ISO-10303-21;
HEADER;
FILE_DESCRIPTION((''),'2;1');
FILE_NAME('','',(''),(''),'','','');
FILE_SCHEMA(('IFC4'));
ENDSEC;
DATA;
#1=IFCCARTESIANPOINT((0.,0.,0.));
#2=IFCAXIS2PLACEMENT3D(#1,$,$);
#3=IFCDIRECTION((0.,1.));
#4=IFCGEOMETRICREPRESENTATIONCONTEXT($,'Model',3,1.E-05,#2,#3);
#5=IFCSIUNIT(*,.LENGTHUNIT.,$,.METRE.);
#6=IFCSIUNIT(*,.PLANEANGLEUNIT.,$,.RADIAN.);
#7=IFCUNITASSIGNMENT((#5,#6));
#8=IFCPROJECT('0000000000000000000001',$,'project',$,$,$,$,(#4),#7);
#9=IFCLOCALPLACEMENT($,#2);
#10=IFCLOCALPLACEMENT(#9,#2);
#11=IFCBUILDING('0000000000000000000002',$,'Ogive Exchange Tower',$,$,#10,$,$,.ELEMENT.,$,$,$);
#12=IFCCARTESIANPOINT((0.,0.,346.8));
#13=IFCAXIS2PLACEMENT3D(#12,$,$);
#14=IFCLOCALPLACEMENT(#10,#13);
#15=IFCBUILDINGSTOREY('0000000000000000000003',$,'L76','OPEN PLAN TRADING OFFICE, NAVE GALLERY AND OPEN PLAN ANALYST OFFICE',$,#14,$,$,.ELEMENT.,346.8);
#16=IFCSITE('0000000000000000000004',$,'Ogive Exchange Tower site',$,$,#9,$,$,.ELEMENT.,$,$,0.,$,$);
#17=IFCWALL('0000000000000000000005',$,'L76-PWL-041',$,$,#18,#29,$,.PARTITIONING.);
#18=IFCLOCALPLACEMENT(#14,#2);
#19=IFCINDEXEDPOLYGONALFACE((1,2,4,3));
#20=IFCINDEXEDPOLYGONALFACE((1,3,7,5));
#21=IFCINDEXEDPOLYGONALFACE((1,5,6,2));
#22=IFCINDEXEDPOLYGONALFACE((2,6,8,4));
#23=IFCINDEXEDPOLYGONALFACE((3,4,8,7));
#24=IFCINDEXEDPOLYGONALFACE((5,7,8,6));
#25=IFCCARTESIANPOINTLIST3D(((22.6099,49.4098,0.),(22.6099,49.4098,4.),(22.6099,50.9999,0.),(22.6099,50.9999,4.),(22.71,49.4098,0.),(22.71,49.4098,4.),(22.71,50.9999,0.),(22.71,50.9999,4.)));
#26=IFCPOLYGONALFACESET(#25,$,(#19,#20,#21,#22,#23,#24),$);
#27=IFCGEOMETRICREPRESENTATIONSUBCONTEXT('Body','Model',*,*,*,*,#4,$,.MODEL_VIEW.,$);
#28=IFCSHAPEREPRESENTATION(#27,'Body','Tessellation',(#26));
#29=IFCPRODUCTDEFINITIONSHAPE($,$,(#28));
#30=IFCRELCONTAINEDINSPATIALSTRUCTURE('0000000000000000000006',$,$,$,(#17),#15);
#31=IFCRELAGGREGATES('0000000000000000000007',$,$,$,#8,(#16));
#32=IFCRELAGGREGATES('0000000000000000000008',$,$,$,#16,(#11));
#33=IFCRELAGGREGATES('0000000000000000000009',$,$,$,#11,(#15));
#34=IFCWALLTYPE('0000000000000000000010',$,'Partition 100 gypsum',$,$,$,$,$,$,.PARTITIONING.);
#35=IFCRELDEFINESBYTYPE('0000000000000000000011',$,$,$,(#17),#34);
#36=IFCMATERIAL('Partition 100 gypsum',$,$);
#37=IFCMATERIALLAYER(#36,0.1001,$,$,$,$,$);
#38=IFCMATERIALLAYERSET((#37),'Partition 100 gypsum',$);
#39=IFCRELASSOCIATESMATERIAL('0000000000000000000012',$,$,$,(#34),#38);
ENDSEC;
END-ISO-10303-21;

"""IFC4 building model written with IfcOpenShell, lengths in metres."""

from ifc_helpers import new_model, si_unit, direction, frame, frame_2d, origin, place, context, subcontext, project, spatial, rectangle, extrude, material, layer, layer_set, type_object, element, save


model = new_model("IFC4")

# Units and contexts
model_context = context("Model", 3, precision=1e-05, world=origin(), true_north=direction((0.0, 1.0)))
body_context = subcontext(model_context, "Body", "Model", "MODEL_VIEW")
ifc_project = project(units=[si_unit("LENGTHUNIT", "METRE"), si_unit("PLANEANGLEUNIT", "RADIAN")], contexts=[model_context])

# Site, building, storey
site_placement = place(None, origin())
site = spatial("IfcSite", under=ifc_project, at=site_placement, Name="Ogive Exchange Tower site", CompositionType="ELEMENT", RefElevation=0.0)
building_placement = place(site_placement, origin())
building = spatial("IfcBuilding", under=site, at=building_placement, Name="Ogive Exchange Tower", CompositionType="ELEMENT")
storey_placement = place(building_placement, frame((0.0, 0.0, 346.8)))
storey = spatial("IfcBuildingStorey", under=building, at=storey_placement, Name="L76", Description="OPEN PLAN TRADING OFFICE, NAVE GALLERY AND OPEN PLAN ANALYST OFFICE", CompositionType="ELEMENT", Elevation=346.8)

# Wall
ifc_material_1 = material(Name="Partition 100 gypsum")
ifc_layer_1 = layer(ifc_material_1, 0.1001)
ifc_layer_set_1 = layer_set([ifc_layer_1], Name="Partition 100 gypsum")
wall_type_1 = type_object("IfcWallType", Name="Partition 100 gypsum", PredefinedType="PARTITIONING", material=ifc_layer_set_1)
wall_1_placement = place(storey_placement, frame((22.6599, 49.4099, 0.0), z_axis=(0.0, 0.0, 1.0), x_axis=(0.0, 1.0, 0.0)))
element("IfcWall", 1, at=wall_1_placement, inside=storey, type_object=wall_type_1, Name="L76-PWL-041", PredefinedType="PARTITIONING", context=body_context, shape_type="SweptSolid", body=[
    extrude(rectangle(XDim=1.5901, YDim=0.1001, at=frame_2d((0.7949, 0.0))), origin(), (0.0, 0.0, 1.0), 4.0),
])

save(model, "model.ifc")
